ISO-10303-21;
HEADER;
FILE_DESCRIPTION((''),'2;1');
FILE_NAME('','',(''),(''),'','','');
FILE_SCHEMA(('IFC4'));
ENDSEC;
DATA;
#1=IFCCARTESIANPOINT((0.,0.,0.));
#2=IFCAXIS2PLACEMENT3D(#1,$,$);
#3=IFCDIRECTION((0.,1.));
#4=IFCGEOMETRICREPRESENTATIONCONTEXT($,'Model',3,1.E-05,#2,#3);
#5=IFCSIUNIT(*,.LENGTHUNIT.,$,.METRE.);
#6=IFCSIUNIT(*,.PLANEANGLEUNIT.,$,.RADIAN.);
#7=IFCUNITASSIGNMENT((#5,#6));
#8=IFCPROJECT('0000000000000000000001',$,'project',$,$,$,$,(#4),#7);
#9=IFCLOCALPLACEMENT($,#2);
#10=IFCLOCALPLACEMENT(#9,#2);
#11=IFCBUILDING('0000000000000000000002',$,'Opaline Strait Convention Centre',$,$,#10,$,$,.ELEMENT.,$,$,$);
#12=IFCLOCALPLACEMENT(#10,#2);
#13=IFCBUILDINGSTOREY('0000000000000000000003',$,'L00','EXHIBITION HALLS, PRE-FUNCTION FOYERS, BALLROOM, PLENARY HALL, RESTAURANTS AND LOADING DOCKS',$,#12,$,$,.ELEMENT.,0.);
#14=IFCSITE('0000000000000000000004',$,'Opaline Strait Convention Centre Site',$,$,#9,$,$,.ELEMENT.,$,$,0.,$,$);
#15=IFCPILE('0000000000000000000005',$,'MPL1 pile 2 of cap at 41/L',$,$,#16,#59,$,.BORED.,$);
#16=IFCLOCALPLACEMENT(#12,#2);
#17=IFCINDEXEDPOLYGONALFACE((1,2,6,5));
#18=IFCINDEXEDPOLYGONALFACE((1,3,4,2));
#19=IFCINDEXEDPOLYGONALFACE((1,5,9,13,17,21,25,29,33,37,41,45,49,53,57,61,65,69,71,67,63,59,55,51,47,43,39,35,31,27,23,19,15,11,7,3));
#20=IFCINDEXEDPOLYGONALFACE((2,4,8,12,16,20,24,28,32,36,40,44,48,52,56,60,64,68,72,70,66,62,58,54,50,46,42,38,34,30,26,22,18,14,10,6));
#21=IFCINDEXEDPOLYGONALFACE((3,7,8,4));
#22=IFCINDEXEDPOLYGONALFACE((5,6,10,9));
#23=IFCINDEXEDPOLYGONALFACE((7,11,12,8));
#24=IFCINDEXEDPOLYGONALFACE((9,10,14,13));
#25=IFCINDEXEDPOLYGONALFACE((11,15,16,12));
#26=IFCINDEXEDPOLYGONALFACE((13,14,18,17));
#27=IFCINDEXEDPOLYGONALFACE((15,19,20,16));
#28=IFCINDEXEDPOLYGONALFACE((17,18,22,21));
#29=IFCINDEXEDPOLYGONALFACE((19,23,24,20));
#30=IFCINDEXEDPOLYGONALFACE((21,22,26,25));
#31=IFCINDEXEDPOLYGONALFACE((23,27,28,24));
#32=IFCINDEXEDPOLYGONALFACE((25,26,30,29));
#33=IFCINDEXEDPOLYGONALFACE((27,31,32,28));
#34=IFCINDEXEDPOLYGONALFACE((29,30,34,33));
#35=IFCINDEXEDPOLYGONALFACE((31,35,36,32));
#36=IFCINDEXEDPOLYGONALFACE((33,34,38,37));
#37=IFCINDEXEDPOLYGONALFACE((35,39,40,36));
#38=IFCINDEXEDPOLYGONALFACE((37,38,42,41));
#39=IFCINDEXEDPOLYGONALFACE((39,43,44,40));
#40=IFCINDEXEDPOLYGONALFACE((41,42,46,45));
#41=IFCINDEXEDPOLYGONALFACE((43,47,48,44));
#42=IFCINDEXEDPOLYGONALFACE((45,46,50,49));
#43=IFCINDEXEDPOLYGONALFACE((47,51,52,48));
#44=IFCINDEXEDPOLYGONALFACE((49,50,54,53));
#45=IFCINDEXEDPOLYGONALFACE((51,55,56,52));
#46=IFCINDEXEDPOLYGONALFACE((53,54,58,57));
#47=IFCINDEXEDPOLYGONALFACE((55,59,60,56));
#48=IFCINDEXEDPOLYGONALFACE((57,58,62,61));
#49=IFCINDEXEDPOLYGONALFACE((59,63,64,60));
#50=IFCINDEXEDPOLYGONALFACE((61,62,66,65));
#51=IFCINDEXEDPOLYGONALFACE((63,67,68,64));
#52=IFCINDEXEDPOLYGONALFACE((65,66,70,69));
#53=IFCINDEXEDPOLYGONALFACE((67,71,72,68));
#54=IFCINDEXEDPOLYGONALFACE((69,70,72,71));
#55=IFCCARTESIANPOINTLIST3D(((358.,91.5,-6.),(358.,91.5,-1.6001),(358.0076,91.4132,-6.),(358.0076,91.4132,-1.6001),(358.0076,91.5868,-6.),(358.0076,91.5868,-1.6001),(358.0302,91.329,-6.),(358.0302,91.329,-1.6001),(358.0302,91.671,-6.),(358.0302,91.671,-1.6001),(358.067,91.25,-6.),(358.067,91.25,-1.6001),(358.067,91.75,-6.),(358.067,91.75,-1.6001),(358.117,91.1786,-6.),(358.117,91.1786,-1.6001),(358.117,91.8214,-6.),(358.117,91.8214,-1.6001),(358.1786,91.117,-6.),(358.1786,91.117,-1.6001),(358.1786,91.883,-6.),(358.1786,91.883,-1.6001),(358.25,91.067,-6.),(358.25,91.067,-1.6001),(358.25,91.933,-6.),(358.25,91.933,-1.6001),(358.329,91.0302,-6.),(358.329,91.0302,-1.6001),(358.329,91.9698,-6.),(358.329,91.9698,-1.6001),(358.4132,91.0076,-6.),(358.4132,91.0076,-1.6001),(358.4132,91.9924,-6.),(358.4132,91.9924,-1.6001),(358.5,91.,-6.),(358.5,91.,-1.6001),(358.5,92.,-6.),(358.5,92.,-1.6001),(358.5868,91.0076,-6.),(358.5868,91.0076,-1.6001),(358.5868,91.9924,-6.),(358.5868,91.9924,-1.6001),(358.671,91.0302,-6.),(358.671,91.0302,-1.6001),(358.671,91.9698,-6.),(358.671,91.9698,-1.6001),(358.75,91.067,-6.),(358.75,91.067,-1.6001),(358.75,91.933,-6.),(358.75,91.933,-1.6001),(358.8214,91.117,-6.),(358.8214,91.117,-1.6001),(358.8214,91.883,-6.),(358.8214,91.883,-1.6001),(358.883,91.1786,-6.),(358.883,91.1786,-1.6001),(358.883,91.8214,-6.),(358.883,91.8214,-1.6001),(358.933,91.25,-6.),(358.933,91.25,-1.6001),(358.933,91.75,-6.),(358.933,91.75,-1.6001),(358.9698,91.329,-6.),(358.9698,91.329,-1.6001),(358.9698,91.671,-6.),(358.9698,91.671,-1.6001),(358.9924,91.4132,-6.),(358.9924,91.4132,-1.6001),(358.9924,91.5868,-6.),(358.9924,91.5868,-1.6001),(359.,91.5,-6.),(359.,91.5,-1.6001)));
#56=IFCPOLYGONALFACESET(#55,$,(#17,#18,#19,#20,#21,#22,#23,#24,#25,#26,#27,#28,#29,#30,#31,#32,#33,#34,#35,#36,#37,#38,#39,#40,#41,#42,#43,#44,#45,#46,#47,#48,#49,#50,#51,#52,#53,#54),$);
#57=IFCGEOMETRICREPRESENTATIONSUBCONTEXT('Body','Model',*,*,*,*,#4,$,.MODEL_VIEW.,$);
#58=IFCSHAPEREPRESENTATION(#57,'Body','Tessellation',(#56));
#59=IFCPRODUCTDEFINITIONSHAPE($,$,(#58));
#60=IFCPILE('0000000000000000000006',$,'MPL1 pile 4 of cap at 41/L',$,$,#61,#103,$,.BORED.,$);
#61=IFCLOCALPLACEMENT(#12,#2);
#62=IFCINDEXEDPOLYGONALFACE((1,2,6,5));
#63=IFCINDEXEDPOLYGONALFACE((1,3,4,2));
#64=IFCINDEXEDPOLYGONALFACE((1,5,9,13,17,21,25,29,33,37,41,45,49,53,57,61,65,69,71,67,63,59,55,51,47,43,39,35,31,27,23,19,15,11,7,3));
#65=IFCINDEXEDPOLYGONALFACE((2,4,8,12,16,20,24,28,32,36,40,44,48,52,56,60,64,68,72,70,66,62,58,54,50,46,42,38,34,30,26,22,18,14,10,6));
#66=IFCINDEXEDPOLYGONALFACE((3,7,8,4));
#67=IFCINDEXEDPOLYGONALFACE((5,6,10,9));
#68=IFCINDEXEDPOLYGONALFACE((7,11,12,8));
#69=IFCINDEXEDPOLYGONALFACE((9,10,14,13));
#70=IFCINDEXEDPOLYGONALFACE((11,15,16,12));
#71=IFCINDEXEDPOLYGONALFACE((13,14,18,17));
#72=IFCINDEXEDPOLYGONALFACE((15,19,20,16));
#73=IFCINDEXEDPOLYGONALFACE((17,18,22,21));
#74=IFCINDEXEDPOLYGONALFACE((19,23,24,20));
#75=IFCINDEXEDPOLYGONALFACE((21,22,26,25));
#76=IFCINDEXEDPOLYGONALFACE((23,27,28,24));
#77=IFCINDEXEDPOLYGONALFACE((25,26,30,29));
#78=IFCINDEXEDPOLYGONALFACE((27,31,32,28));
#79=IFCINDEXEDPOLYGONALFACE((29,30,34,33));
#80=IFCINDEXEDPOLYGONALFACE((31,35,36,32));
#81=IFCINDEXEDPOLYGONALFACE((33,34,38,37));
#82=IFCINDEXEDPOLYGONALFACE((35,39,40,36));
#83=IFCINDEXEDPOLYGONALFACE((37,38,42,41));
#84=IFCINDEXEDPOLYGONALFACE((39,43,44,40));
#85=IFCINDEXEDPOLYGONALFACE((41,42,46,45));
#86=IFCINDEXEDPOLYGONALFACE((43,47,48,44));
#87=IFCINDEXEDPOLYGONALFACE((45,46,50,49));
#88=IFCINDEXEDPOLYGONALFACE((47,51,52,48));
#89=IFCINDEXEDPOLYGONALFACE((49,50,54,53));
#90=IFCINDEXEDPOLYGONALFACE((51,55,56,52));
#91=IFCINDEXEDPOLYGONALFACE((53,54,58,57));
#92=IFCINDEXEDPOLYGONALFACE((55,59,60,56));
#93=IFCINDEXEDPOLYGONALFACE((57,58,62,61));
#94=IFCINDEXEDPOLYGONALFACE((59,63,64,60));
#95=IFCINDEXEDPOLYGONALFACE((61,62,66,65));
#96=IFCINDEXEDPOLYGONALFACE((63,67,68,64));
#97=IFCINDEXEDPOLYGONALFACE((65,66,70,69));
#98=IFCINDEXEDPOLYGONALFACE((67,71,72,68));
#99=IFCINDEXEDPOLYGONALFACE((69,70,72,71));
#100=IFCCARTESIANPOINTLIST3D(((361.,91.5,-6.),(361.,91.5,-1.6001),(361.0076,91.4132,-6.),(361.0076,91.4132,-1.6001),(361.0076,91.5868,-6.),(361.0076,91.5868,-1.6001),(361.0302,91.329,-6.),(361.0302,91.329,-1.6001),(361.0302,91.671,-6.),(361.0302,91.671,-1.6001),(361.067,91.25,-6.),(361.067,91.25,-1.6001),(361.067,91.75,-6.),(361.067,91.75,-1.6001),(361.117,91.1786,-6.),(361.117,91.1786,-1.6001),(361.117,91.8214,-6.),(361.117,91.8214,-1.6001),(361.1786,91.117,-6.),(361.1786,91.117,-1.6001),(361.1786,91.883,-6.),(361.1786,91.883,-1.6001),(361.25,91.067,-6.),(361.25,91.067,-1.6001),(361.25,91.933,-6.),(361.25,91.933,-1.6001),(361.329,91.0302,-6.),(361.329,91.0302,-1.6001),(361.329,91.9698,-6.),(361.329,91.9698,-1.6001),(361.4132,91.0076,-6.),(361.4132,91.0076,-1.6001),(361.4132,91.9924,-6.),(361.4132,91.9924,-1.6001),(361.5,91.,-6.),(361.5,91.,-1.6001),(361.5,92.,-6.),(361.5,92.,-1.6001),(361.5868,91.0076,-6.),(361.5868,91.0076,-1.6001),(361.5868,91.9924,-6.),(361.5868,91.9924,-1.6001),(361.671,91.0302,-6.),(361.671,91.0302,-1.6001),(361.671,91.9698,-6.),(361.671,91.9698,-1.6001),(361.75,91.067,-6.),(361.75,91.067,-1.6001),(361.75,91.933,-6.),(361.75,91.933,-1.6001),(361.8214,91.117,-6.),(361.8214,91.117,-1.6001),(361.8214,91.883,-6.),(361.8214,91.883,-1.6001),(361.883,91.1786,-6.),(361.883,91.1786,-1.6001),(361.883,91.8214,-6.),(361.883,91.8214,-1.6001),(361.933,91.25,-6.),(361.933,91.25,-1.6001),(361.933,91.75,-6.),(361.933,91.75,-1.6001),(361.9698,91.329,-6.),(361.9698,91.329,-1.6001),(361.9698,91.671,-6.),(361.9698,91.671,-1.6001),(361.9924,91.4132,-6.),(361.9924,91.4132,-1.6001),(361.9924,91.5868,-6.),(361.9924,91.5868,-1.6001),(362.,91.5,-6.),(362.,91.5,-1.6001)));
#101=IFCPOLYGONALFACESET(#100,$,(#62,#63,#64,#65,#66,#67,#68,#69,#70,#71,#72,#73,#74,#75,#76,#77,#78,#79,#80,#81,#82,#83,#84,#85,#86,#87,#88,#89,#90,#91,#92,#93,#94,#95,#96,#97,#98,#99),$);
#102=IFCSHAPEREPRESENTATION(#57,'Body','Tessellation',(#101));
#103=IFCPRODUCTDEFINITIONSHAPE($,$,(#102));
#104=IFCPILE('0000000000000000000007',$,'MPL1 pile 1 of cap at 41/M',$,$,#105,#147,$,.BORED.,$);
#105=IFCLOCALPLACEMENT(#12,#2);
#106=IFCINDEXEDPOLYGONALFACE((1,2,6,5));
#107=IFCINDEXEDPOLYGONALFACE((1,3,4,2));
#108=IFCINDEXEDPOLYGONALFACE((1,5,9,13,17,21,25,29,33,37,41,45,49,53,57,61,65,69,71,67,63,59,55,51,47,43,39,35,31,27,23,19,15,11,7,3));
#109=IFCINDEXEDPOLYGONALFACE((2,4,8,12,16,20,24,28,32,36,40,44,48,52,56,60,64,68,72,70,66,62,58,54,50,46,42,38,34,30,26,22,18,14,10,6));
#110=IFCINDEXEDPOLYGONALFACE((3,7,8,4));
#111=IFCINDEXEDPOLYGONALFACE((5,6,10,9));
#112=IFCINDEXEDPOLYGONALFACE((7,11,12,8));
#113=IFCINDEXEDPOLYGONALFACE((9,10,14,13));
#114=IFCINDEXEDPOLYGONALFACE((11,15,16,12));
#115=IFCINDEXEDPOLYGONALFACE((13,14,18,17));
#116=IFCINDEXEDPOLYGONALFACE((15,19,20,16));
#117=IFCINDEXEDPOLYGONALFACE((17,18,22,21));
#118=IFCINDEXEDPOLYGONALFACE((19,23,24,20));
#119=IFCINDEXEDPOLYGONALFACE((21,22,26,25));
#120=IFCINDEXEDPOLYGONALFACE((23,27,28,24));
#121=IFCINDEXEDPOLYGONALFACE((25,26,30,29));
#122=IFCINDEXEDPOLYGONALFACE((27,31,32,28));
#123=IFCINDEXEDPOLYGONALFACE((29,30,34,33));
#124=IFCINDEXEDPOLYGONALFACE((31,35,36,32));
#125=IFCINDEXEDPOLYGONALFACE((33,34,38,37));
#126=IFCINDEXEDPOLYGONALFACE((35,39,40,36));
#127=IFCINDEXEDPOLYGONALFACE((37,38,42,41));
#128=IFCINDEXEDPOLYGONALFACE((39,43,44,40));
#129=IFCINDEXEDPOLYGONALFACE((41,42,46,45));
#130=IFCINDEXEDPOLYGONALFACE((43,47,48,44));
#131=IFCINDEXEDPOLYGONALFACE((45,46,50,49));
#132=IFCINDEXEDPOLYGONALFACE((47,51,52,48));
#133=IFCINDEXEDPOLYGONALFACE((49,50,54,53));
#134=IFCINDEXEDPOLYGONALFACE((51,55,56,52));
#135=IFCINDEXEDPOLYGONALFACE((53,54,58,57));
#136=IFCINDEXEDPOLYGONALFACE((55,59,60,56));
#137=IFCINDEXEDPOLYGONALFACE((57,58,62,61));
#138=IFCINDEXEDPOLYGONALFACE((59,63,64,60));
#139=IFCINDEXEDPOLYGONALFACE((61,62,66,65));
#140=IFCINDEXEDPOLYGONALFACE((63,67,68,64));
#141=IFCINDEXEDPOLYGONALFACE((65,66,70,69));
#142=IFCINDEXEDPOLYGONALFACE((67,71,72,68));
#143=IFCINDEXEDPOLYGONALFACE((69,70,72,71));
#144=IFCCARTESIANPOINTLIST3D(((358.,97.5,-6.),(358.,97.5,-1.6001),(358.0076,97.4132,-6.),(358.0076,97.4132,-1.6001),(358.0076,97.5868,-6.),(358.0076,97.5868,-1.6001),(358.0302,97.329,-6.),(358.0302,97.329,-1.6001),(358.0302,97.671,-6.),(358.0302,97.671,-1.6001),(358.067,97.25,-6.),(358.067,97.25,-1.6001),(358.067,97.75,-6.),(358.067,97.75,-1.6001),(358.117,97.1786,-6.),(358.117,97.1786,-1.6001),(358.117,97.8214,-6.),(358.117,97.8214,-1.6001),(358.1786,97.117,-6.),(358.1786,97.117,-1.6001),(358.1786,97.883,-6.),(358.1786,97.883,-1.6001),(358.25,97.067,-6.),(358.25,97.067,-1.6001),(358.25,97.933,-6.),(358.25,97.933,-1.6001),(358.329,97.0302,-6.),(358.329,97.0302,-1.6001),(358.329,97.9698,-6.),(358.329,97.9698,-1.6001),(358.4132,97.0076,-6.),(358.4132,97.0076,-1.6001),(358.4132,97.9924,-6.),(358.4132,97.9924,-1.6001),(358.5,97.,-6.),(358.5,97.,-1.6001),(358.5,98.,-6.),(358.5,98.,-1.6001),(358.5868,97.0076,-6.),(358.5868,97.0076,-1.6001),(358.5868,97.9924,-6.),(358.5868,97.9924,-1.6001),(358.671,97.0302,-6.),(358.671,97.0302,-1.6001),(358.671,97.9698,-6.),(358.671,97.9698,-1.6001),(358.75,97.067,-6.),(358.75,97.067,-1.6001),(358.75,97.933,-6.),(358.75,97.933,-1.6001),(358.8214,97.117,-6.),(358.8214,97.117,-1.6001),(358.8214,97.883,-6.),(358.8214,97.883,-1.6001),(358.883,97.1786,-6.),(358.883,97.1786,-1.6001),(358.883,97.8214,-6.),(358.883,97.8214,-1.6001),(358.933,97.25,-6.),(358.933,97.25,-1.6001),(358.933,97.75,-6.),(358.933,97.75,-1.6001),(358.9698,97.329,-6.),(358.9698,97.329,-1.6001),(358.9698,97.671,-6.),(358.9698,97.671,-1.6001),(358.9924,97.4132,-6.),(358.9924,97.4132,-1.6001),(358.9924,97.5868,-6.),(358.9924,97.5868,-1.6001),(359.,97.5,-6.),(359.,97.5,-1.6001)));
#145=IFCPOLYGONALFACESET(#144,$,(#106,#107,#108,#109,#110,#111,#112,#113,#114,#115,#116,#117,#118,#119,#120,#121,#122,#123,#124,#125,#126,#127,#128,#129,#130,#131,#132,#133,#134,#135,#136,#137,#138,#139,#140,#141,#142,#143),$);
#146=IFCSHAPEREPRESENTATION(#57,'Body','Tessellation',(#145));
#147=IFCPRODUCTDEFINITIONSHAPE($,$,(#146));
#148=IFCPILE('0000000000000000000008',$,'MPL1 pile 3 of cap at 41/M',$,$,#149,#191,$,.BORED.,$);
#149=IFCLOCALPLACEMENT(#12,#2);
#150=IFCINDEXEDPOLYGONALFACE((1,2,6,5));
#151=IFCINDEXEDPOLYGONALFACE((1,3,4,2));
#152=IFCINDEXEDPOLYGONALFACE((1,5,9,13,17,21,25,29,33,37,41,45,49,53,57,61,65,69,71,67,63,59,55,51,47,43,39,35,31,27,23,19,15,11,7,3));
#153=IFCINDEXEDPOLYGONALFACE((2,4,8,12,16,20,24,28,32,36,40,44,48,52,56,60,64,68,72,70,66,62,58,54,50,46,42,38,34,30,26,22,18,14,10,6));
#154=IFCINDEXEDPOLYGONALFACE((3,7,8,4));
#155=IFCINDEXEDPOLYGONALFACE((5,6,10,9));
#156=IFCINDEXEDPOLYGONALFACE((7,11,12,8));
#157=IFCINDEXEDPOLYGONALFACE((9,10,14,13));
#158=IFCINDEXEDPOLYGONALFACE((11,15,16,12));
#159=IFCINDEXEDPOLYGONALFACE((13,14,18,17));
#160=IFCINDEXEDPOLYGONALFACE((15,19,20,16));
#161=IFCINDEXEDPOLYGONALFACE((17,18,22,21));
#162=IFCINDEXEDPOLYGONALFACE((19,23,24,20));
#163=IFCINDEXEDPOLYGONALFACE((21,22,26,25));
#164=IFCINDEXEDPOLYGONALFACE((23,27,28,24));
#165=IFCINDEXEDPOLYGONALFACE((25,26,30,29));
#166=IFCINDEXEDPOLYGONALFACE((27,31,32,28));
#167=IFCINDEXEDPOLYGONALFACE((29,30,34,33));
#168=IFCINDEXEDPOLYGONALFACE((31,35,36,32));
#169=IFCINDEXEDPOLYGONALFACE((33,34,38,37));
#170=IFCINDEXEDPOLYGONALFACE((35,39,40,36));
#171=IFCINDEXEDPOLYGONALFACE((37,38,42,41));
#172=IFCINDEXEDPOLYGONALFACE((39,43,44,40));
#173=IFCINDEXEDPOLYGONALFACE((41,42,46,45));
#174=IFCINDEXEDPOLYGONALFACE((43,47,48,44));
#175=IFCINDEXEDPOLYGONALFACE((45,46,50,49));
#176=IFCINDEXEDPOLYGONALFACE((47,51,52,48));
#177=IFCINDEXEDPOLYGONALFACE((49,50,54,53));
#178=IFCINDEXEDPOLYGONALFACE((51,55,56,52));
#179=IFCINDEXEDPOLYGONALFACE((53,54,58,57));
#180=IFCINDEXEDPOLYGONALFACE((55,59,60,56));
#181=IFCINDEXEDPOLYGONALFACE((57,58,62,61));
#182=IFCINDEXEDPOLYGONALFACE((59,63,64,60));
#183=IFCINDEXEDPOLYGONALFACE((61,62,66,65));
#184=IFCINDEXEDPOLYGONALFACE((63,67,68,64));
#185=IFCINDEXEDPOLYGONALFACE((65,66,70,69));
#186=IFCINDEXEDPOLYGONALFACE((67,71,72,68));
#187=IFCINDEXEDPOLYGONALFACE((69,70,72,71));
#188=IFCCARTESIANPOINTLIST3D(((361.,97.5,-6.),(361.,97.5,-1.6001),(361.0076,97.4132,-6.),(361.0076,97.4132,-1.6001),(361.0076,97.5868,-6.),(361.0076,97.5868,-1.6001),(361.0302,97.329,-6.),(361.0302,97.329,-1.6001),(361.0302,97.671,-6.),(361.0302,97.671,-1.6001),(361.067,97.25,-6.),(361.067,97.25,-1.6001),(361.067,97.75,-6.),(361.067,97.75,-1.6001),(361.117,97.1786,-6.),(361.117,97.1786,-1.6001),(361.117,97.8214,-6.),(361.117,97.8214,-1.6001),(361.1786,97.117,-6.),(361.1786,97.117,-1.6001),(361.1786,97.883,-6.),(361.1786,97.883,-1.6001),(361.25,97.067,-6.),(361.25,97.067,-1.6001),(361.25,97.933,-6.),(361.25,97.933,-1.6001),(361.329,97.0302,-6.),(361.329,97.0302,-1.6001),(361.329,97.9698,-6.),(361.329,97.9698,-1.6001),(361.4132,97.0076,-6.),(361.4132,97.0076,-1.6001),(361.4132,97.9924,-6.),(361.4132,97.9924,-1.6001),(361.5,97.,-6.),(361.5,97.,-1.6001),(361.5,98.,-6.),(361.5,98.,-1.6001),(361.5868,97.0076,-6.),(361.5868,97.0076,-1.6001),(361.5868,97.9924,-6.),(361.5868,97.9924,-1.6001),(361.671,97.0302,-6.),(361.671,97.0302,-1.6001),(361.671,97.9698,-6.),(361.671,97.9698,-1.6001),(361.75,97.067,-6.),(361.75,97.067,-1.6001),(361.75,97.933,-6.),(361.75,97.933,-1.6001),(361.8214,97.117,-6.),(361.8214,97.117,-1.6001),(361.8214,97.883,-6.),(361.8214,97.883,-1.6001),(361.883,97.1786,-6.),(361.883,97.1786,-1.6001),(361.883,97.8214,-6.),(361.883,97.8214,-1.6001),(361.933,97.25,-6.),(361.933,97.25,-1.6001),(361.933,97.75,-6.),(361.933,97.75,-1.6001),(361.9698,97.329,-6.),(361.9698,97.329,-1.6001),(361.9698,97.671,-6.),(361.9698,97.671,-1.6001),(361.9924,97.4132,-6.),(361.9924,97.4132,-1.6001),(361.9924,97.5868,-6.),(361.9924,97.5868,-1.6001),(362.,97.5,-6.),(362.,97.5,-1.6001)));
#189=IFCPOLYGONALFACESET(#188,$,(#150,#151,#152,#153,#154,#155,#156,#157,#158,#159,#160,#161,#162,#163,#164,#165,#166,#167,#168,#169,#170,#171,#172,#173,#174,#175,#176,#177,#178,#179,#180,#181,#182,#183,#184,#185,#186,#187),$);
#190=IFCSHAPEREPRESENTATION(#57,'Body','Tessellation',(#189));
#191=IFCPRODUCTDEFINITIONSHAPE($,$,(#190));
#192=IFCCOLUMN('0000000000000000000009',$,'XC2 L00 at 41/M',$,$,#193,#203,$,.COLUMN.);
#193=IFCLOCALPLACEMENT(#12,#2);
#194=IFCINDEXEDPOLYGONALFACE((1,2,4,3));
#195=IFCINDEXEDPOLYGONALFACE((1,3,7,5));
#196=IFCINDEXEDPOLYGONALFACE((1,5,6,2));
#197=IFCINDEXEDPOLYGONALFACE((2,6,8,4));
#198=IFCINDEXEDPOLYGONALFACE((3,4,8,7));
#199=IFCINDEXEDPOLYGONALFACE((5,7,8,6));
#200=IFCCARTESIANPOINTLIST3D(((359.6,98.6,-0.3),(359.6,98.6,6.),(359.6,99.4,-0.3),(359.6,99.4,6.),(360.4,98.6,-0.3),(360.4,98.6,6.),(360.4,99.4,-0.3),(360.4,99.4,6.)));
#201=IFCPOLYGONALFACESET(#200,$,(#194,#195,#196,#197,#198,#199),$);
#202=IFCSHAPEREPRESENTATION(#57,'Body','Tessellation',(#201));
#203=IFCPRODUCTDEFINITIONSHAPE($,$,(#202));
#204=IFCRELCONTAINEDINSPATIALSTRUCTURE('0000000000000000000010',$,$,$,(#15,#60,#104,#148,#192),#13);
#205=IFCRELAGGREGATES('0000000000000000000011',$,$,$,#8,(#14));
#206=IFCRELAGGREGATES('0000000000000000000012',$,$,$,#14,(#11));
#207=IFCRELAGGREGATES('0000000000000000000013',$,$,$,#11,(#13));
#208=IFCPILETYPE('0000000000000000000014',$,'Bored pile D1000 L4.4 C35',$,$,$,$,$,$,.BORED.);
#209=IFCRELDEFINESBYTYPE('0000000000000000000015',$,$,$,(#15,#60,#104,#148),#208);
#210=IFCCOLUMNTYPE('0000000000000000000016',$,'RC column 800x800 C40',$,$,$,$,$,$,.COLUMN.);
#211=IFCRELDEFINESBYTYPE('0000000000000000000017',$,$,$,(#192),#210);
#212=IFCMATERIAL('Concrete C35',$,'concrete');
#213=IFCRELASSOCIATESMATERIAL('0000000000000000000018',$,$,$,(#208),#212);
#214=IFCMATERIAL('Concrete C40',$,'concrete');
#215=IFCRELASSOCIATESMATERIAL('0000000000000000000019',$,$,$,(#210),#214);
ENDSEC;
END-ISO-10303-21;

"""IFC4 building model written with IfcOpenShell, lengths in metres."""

from ifc_helpers import new_model, si_unit, direction, frame, origin, origin_2d, place, context, subcontext, project, spatial, rectangle, circle, extrude, material, material_profile, profile_set, type_object, element, save


model = new_model("IFC4")

# Units and contexts
model_context = context("Model", 3, precision=1e-05, world=origin(), true_north=direction((0.0, 1.0)))
body_context = subcontext(model_context, "Body", "Model", "MODEL_VIEW")
ifc_project = project(units=[si_unit("LENGTHUNIT", "METRE"), si_unit("PLANEANGLEUNIT", "RADIAN")], contexts=[model_context])

# Site, building, storey
site_placement = place(None, origin())
site = spatial("IfcSite", under=ifc_project, at=site_placement, Name="Opaline Strait Convention Centre Site", CompositionType="ELEMENT", RefElevation=0.0)
building_placement = place(site_placement, origin())
building = spatial("IfcBuilding", under=site, at=building_placement, Name="Opaline Strait Convention Centre", CompositionType="ELEMENT")
storey_placement = place(building_placement, origin())
storey = spatial("IfcBuildingStorey", under=building, at=storey_placement, Name="L00", Description="EXHIBITION HALLS, PRE-FUNCTION FOYERS, BALLROOM, PLENARY HALL, RESTAURANTS AND LOADING DOCKS", CompositionType="ELEMENT", Elevation=0.0)

# Piles
ifc_material_1 = material(Name="Concrete C35", Category="concrete")
ifc_material_profile_1 = material_profile(ifc_material_1, circle(Radius=0.5, at=origin_2d()), Name="D1000")
ifc_profile_set_1 = profile_set([ifc_material_profile_1], Name="Concrete C35")
pile_type = type_object("IfcPileType", Name="Bored pile D1000 L4.4 C35", PredefinedType="BORED", material=ifc_profile_set_1)
for number, where, z_axis, x_axis, name in (
    (1, (358.5, 91.5, -1.6001), (0.0, 0.0, -1.0), (1.0, 0.0, 0.0), "MPL1 pile 2 of cap at 41/L"),
    (2, (361.5, 91.5, -1.6001), (0.0, 0.0, -1.0), (1.0, 0.0, 0.0), "MPL1 pile 4 of cap at 41/L"),
    (3, (358.5, 97.5, -1.6001), (0.0, 0.0, -1.0), (1.0, 0.0, 0.0), "MPL1 pile 1 of cap at 41/M"),
    (4, (361.5, 97.5, -1.6001), (0.0, 0.0, -1.0), (1.0, 0.0, 0.0), "MPL1 pile 3 of cap at 41/M"),
):
    element("IfcPile", number, at=place(storey_placement, frame(where, z_axis=z_axis, x_axis=x_axis)), inside=storey, type_object=pile_type, Name=name, PredefinedType="BORED", context=body_context, shape_type="SweptSolid", body=[
        extrude(circle(Radius=0.5, at=origin_2d()), origin(), (0.0, 0.0, 1.0), 4.3999),
    ])

# Column
ifc_material_2 = material(Name="Concrete C40", Category="concrete")
ifc_material_profile_2 = material_profile(ifc_material_2, rectangle(XDim=0.8, YDim=0.8, at=origin_2d()), Name="RC 800x800")
ifc_profile_set_2 = profile_set([ifc_material_profile_2], Name="Concrete C40")
column_type = type_object("IfcColumnType", Name="RC column 800x800 C40", PredefinedType="COLUMN", material=ifc_profile_set_2)
column_placement = place(storey_placement, frame((360.0, 99.0, -0.3), z_axis=(0.0, 0.0, 1.0), x_axis=(1.0, 0.0, 0.0)))
element("IfcColumn", 5, at=column_placement, inside=storey, type_object=column_type, Name="XC2 L00 at 41/M", PredefinedType="COLUMN", context=body_context, shape_type="SweptSolid", body=[
    extrude(rectangle(XDim=0.8, YDim=0.8, at=origin_2d()), origin(), (0.0, 0.0, 1.0), 6.3),
])

save(model, "model.ifc")
